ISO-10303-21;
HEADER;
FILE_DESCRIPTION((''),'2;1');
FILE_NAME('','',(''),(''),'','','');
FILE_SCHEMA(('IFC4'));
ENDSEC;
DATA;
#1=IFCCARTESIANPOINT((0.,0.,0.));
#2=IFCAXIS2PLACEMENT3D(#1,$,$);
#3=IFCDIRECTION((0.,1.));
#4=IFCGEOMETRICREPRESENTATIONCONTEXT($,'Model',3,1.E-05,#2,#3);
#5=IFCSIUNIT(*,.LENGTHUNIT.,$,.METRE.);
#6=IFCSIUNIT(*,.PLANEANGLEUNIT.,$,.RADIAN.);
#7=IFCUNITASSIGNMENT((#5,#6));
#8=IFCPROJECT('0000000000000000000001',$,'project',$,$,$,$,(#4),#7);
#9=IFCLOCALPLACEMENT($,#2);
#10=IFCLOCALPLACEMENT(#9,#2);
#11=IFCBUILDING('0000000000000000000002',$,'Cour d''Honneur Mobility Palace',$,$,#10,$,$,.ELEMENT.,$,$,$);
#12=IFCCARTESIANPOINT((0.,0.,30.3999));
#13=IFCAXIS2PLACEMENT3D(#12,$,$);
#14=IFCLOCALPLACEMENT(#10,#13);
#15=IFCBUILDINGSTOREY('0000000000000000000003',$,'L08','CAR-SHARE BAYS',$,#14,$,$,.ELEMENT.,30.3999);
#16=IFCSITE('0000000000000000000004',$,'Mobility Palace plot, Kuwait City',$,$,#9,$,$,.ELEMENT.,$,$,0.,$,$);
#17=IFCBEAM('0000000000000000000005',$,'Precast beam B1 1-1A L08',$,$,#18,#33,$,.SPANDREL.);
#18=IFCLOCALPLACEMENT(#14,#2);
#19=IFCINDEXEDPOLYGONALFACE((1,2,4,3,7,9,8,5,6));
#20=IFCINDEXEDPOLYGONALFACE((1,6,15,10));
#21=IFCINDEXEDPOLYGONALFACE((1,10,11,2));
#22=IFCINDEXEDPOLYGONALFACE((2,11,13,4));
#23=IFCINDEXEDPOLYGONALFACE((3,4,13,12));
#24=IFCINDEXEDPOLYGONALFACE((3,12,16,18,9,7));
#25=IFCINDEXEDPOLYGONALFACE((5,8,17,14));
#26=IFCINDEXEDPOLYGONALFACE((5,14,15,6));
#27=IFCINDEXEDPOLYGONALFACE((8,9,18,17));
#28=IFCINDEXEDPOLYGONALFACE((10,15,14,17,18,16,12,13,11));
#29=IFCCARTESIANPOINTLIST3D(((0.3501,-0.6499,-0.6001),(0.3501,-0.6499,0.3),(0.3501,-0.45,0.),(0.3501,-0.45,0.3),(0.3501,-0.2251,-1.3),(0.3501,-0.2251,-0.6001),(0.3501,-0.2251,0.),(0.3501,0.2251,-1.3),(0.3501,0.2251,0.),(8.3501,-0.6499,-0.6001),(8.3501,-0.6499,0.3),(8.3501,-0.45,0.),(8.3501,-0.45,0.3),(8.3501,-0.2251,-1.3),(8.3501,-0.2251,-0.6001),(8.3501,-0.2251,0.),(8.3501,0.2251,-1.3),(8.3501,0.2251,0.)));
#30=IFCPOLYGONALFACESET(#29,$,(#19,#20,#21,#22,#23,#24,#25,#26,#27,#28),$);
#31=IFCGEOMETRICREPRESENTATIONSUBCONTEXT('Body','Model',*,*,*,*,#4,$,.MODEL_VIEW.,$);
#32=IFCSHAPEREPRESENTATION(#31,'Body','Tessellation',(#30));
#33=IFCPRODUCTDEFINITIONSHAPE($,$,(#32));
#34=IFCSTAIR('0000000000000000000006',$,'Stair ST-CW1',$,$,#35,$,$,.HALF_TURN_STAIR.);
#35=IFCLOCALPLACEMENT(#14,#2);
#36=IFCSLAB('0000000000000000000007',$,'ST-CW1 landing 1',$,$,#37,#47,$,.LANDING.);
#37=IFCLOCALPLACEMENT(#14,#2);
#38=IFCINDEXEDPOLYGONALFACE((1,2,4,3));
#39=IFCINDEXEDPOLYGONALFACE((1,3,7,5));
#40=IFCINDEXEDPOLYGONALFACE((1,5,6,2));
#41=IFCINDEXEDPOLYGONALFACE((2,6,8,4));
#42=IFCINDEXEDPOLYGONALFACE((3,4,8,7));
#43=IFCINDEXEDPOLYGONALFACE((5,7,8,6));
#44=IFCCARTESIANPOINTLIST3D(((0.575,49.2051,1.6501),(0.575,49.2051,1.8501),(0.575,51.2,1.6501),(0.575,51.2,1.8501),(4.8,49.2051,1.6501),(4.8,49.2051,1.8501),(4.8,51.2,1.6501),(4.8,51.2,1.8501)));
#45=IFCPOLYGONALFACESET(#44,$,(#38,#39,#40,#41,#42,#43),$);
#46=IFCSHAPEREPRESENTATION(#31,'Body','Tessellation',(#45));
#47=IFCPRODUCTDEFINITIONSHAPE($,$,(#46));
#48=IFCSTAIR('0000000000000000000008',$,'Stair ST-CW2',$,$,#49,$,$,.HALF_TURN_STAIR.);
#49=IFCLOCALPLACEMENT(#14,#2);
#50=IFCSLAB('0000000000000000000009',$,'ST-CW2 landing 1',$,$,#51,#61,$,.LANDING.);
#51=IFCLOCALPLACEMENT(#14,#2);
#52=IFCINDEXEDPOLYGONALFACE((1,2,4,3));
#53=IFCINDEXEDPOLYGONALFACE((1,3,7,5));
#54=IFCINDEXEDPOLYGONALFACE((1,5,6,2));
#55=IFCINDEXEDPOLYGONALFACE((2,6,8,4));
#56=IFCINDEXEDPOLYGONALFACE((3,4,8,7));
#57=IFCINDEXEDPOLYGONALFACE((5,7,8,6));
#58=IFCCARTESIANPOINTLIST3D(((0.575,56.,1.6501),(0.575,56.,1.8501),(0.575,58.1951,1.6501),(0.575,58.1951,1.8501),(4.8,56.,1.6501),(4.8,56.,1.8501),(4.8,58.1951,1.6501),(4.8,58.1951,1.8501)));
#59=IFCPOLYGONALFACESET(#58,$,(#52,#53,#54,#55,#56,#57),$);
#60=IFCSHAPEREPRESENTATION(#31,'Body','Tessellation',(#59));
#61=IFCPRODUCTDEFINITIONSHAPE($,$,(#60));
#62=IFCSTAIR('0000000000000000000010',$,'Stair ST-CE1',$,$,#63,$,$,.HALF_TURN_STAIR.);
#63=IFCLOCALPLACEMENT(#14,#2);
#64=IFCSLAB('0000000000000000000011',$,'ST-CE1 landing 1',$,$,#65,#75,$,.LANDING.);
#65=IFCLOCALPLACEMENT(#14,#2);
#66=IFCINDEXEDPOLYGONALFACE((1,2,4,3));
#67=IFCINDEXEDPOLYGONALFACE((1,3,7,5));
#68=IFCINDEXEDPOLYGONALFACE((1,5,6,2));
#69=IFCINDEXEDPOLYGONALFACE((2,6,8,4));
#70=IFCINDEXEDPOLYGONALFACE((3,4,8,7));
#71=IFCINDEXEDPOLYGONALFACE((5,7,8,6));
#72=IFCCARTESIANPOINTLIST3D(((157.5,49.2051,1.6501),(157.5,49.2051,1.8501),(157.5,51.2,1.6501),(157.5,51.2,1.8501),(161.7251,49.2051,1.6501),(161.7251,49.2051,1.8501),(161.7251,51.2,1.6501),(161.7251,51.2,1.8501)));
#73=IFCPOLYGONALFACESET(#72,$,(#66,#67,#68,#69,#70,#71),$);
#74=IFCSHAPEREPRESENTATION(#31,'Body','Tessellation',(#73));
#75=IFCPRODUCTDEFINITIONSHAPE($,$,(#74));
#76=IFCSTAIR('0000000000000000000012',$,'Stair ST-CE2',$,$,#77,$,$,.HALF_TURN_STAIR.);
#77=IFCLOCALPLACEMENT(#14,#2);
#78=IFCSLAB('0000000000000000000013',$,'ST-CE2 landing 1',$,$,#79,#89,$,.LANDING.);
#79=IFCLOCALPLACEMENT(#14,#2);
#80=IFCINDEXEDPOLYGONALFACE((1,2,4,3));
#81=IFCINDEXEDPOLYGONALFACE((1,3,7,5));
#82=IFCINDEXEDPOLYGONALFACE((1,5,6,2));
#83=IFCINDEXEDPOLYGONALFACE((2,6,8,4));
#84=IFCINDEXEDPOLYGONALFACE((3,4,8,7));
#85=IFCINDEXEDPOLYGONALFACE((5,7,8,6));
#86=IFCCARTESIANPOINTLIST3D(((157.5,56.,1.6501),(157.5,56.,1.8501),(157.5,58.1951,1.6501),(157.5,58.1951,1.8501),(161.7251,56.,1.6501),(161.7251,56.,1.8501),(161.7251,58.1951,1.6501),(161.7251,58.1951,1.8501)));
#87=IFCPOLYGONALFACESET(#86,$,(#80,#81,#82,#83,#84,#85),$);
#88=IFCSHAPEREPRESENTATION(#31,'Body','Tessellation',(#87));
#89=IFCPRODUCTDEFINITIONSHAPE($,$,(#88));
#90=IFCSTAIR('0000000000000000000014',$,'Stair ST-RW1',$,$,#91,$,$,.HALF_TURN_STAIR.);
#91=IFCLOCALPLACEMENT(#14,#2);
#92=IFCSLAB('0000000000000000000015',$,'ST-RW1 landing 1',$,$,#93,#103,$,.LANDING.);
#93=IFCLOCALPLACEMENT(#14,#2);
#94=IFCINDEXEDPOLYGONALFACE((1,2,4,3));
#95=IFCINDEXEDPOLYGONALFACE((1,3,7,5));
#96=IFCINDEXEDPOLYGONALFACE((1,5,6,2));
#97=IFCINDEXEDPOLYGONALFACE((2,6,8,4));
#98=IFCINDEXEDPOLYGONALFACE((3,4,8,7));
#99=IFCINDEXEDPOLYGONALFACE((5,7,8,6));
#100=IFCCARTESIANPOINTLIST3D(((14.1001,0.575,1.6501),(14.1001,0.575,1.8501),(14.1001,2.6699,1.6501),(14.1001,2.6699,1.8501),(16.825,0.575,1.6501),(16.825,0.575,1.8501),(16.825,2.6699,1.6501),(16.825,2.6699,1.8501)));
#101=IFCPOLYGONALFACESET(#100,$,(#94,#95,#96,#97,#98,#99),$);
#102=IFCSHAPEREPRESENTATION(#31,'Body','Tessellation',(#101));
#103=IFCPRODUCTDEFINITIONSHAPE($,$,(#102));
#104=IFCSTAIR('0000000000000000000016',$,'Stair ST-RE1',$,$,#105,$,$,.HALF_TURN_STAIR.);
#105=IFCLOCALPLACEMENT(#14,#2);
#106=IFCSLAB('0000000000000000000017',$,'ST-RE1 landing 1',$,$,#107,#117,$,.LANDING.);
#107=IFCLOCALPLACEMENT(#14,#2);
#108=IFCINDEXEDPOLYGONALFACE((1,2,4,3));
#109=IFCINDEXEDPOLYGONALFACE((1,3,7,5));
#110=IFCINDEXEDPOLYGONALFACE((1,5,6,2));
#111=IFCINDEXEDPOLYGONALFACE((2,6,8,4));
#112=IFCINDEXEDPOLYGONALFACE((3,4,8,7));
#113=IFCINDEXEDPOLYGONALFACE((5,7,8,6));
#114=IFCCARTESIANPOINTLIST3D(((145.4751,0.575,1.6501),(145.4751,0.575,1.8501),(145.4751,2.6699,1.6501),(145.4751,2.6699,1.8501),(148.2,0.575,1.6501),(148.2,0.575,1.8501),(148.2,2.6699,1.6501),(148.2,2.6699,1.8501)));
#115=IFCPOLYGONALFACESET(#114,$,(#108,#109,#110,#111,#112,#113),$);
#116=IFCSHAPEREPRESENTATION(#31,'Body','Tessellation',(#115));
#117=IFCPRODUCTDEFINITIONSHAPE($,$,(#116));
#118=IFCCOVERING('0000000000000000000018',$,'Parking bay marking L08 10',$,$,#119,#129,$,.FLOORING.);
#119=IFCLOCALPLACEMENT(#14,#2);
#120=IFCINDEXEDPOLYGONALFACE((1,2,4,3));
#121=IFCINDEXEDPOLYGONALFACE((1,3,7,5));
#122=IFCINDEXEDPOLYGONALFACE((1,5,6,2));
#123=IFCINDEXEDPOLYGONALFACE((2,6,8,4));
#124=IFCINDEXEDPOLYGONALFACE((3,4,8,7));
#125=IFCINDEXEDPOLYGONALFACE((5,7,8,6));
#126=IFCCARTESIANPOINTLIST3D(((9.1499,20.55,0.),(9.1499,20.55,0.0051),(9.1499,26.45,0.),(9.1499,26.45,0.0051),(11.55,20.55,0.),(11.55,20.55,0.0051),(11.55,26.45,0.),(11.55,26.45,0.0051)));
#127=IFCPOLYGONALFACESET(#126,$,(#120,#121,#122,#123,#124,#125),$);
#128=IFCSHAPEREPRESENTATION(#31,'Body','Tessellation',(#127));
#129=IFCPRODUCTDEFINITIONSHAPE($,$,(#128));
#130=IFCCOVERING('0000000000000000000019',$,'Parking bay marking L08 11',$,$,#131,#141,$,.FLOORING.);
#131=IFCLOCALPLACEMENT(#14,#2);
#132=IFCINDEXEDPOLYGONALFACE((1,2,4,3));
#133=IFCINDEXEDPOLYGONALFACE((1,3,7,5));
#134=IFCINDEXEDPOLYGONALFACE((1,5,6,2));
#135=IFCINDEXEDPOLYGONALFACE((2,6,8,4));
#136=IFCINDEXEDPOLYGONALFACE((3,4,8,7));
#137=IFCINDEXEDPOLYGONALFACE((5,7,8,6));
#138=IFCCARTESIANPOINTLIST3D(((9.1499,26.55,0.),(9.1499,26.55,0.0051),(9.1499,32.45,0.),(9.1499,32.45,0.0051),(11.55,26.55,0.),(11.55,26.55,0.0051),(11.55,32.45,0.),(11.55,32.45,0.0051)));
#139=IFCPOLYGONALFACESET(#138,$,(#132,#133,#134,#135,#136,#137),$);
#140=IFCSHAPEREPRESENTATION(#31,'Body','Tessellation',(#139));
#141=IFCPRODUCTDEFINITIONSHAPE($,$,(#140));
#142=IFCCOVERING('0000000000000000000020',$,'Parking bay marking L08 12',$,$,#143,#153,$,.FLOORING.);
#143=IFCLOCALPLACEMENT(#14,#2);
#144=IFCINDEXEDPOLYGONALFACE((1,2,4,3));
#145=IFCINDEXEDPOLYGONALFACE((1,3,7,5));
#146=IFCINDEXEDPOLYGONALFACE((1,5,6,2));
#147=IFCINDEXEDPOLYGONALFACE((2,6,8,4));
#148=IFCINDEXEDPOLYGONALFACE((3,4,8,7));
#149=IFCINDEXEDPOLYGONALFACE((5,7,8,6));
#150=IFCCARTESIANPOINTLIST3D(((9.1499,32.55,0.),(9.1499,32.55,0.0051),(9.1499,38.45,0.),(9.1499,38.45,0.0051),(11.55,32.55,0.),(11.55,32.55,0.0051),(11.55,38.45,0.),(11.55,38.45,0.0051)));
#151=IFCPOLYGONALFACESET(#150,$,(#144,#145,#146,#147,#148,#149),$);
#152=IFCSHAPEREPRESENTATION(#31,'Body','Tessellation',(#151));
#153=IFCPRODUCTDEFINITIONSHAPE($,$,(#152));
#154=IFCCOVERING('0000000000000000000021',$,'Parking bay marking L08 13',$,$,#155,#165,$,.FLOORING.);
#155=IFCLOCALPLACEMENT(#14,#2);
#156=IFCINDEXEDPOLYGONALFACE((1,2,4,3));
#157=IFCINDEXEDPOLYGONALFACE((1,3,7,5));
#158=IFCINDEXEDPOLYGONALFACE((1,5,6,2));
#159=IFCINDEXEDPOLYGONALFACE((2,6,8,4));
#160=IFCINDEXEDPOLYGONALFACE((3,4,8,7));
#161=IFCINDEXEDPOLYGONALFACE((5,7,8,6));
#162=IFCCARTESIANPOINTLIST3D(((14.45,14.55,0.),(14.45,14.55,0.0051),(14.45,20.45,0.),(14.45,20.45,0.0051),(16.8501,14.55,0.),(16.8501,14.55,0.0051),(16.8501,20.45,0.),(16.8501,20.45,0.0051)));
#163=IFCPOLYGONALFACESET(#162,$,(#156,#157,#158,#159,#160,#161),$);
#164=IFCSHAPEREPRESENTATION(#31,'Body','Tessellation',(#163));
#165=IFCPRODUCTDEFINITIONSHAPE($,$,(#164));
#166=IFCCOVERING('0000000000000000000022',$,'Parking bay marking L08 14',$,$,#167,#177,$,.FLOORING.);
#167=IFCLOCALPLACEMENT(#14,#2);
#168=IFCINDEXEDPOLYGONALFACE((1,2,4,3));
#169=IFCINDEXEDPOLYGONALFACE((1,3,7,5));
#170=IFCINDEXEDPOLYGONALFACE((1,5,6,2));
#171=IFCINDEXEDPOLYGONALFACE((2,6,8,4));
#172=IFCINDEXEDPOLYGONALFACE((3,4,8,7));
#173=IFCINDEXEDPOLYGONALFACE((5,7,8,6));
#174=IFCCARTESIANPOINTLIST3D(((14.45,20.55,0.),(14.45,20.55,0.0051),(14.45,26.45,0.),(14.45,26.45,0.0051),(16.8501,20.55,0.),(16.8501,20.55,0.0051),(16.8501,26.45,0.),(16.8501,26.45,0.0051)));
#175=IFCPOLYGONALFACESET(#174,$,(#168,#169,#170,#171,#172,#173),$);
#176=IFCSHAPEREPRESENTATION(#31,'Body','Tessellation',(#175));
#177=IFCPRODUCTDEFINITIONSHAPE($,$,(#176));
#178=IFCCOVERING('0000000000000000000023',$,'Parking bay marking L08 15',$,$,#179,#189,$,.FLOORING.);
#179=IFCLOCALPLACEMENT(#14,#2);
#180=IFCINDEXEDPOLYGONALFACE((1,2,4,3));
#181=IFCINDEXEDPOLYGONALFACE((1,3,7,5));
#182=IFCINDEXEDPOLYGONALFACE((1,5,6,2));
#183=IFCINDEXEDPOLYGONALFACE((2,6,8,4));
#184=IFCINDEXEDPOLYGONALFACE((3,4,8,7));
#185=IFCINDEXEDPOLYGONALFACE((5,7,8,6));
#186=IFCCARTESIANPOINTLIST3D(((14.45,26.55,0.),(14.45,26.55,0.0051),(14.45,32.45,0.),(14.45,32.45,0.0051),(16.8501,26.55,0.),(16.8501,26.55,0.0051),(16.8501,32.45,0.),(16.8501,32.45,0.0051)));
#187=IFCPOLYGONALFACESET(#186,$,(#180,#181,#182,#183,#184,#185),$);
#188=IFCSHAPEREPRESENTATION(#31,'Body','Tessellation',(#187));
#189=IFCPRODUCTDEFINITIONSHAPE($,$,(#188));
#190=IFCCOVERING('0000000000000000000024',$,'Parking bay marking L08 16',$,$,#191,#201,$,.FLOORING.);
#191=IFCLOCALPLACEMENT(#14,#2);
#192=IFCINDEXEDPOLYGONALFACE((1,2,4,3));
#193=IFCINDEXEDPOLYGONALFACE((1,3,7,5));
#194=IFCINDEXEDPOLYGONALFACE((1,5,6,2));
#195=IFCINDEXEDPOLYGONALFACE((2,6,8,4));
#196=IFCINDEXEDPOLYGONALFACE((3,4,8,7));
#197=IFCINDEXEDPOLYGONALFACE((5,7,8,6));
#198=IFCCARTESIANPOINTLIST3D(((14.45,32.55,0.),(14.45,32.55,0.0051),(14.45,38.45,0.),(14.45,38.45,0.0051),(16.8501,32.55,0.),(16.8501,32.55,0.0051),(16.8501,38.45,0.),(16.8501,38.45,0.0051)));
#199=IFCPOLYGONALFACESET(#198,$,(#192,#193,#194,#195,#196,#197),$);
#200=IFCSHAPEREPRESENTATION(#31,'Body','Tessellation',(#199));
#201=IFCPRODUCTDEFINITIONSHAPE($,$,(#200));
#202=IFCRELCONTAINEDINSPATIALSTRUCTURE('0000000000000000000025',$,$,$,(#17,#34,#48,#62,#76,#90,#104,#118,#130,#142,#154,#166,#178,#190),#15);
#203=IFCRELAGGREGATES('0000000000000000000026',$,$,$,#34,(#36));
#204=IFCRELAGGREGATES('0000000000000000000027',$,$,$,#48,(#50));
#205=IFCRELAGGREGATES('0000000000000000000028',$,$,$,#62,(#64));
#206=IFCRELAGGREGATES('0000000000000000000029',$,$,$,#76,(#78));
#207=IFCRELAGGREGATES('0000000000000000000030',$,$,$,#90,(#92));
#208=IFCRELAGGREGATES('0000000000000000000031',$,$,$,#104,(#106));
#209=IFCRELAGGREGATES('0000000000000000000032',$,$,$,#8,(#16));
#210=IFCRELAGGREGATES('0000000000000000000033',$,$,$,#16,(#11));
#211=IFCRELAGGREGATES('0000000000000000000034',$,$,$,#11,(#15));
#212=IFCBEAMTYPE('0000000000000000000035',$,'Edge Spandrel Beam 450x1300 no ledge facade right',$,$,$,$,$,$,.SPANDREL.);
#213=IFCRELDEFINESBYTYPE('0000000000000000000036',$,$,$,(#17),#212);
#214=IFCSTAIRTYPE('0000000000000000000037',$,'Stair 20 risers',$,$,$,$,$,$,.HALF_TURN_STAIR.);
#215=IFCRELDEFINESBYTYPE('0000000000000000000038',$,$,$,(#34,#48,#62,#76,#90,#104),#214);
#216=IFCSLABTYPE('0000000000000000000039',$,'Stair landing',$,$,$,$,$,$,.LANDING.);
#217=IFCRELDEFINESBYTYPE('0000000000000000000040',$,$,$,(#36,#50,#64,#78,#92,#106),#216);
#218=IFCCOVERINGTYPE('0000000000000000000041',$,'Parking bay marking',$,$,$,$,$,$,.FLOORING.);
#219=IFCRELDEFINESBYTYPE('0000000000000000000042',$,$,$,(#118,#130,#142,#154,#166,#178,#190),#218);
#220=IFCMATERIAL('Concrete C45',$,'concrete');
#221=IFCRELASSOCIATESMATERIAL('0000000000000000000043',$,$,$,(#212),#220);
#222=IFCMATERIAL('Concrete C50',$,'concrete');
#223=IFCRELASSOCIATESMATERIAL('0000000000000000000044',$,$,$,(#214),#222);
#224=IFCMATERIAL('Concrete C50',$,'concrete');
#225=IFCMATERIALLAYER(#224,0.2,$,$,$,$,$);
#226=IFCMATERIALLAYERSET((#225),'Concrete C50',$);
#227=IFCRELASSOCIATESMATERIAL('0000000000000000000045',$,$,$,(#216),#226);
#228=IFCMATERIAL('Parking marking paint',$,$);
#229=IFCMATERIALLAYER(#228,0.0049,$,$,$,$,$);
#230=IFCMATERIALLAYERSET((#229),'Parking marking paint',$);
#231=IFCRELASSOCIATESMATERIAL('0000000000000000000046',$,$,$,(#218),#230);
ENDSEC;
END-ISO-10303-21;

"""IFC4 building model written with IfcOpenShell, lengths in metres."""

from ifc_helpers import new_model, si_unit, direction, frame, origin, place, context, subcontext, project, spatial, polyline, outline, extrude, material, layer, layer_set, material_profile, profile_set, type_object, element, aggregate, save


model = new_model("IFC4")

# Units and contexts
model_context = context("Model", 3, precision=1e-05, world=origin(), true_north=direction((0.0, 1.0)))
body_context = subcontext(model_context, "Body", "Model", "MODEL_VIEW")
ifc_project = project(units=[si_unit("LENGTHUNIT", "METRE"), si_unit("PLANEANGLEUNIT", "RADIAN")], contexts=[model_context])

# Site, building, storey
site_placement = place(None, origin())
site = spatial("IfcSite", under=ifc_project, at=site_placement, Name="Mobility Palace plot, Kuwait City", CompositionType="ELEMENT", RefElevation=0.0)
building_placement = place(site_placement, origin())
building = spatial("IfcBuilding", under=site, at=building_placement, Name="Cour d'Honneur Mobility Palace", CompositionType="ELEMENT")
storey_placement = place(building_placement, frame((0.0, 0.0, 30.3999)))
storey = spatial("IfcBuildingStorey", under=building, at=storey_placement, Name="L08", Description="CAR-SHARE BAYS", CompositionType="ELEMENT", Elevation=30.3999)

# Beam
ifc_material_1 = material(Name="Concrete C45", Category="concrete")
ifc_material_profile = material_profile(ifc_material_1, outline(polyline([(0.2251, -1.3), (0.2251, 0.0), (-0.2251, 0.0), (-0.45, 0.0), (-0.45, 0.3), (-0.6499, 0.3), (-0.6499, -0.6001), (-0.2251, -0.6001), (-0.2251, -1.3), (0.2251, -1.3)])), Name="Edge Spandrel Beam 450x1300 no ledge facade right")
ifc_profile_set = profile_set([ifc_material_profile], Name="Concrete C45")
beam_type = type_object("IfcBeamType", Name="Edge Spandrel Beam 450x1300 no ledge facade right", PredefinedType="SPANDREL", material=ifc_profile_set)
beam_placement = place(storey_placement, frame((0.3501, 0.0, 0.0), z_axis=(1.0, 0.0, 0.0), x_axis=(0.0, 1.0, 0.0)))
element("IfcBeam", 1, at=beam_placement, inside=storey, type_object=beam_type, Name="Precast beam B1 1-1A L08", PredefinedType="SPANDREL", context=body_context, shape_type="SweptSolid", body=[
    extrude(outline(polyline([(0.2251, -1.3), (0.2251, 0.0), (-0.2251, 0.0), (-0.45, 0.0), (-0.45, 0.3), (-0.6499, 0.3), (-0.6499, -0.6001), (-0.2251, -0.6001), (-0.2251, -1.3), (0.2251, -1.3)])), origin(), (0.0, 0.0, 1.0), 8.0),
])

# Stairs, slabs
ifc_material_2 = material(Name="Concrete C50", Category="concrete")
stair_type = type_object("IfcStairType", Name="Stair 20 risers", PredefinedType="HALF_TURN_STAIR", material=ifc_material_2)
stair_1_placement = place(storey_placement, origin())
stair_1 = element("IfcStair", 2, at=stair_1_placement, inside=storey, type_object=stair_type, Name="Stair ST-CW1", PredefinedType="HALF_TURN_STAIR")
ifc_material_3 = material(Name="Concrete C50", Category="concrete")
ifc_layer_1 = layer(ifc_material_3, 0.2)
ifc_layer_set_1 = layer_set([ifc_layer_1], Name="Concrete C50")
slab_type = type_object("IfcSlabType", Name="Stair landing", PredefinedType="LANDING", material=ifc_layer_set_1)
slab_1_placement = place(storey_placement, frame((0.0, 0.0, 1.6501)))
slab_1 = element("IfcSlab", 3, at=slab_1_placement, type_object=slab_type, Name="ST-CW1 landing 1", PredefinedType="LANDING", context=body_context, shape_type="SweptSolid", body=[
    extrude(outline(polyline([(0.575, 49.2051), (4.8, 49.2051), (4.8, 51.2), (0.575, 51.2), (0.575, 49.2051)])), origin(), (0.0, 0.0, 1.0), 0.2),
])
aggregate(stair_1, [slab_1])
stair_2_placement = place(storey_placement, origin())
stair_2 = element("IfcStair", 4, at=stair_2_placement, inside=storey, type_object=stair_type, Name="Stair ST-CW2", PredefinedType="HALF_TURN_STAIR")
slab_2_placement = place(storey_placement, frame((0.0, 0.0, 1.6501)))
slab_2 = element("IfcSlab", 5, at=slab_2_placement, type_object=slab_type, Name="ST-CW2 landing 1", PredefinedType="LANDING", context=body_context, shape_type="SweptSolid", body=[
    extrude(outline(polyline([(0.575, 56.0), (4.8, 56.0), (4.8, 58.1951), (0.575, 58.1951), (0.575, 56.0)])), origin(), (0.0, 0.0, 1.0), 0.2),
])
aggregate(stair_2, [slab_2])
stair_3_placement = place(storey_placement, origin())
stair_3 = element("IfcStair", 6, at=stair_3_placement, inside=storey, type_object=stair_type, Name="Stair ST-CE1", PredefinedType="HALF_TURN_STAIR")
slab_3_placement = place(storey_placement, frame((0.0, 0.0, 1.6501)))
slab_3 = element("IfcSlab", 7, at=slab_3_placement, type_object=slab_type, Name="ST-CE1 landing 1", PredefinedType="LANDING", context=body_context, shape_type="SweptSolid", body=[
    extrude(outline(polyline([(157.5, 49.2051), (161.7251, 49.2051), (161.7251, 51.2), (157.5, 51.2), (157.5, 49.2051)])), origin(), (0.0, 0.0, 1.0), 0.2),
])
aggregate(stair_3, [slab_3])
stair_4_placement = place(storey_placement, origin())
stair_4 = element("IfcStair", 8, at=stair_4_placement, inside=storey, type_object=stair_type, Name="Stair ST-CE2", PredefinedType="HALF_TURN_STAIR")
slab_4_placement = place(storey_placement, frame((0.0, 0.0, 1.6501)))
slab_4 = element("IfcSlab", 9, at=slab_4_placement, type_object=slab_type, Name="ST-CE2 landing 1", PredefinedType="LANDING", context=body_context, shape_type="SweptSolid", body=[
    extrude(outline(polyline([(157.5, 56.0), (161.7251, 56.0), (161.7251, 58.1951), (157.5, 58.1951), (157.5, 56.0)])), origin(), (0.0, 0.0, 1.0), 0.2),
])
aggregate(stair_4, [slab_4])
stair_5_placement = place(storey_placement, origin())
stair_5 = element("IfcStair", 10, at=stair_5_placement, inside=storey, type_object=stair_type, Name="Stair ST-RW1", PredefinedType="HALF_TURN_STAIR")
slab_5_placement = place(storey_placement, frame((0.0, 0.0, 1.6501)))
slab_5 = element("IfcSlab", 11, at=slab_5_placement, type_object=slab_type, Name="ST-RW1 landing 1", PredefinedType="LANDING", context=body_context, shape_type="SweptSolid", body=[
    extrude(outline(polyline([(14.1001, 0.575), (16.825, 0.575), (16.825, 2.6699), (14.1001, 2.6699), (14.1001, 0.575)])), origin(), (0.0, 0.0, 1.0), 0.2),
])
aggregate(stair_5, [slab_5])
stair_6_placement = place(storey_placement, origin())
stair_6 = element("IfcStair", 12, at=stair_6_placement, inside=storey, type_object=stair_type, Name="Stair ST-RE1", PredefinedType="HALF_TURN_STAIR")
slab_6_placement = place(storey_placement, frame((0.0, 0.0, 1.6501)))
slab_6 = element("IfcSlab", 13, at=slab_6_placement, type_object=slab_type, Name="ST-RE1 landing 1", PredefinedType="LANDING", context=body_context, shape_type="SweptSolid", body=[
    extrude(outline(polyline([(145.4751, 0.575), (148.2, 0.575), (148.2, 2.6699), (145.4751, 2.6699), (145.4751, 0.575)])), origin(), (0.0, 0.0, 1.0), 0.2),
])
aggregate(stair_6, [slab_6])

# Coverings
ifc_material_4 = material(Name="Parking marking paint")
ifc_layer_2 = layer(ifc_material_4, 0.0049)
ifc_layer_set_2 = layer_set([ifc_layer_2], Name="Parking marking paint")
covering_type_1 = type_object("IfcCoveringType", Name="Parking bay marking", PredefinedType="FLOORING", material=ifc_layer_set_2)
covering_1_placement = place(storey_placement, origin())
element("IfcCovering", 14, at=covering_1_placement, inside=storey, type_object=covering_type_1, Name="Parking bay marking L08 10", PredefinedType="FLOORING", context=body_context, shape_type="SweptSolid", body=[
    extrude(outline(polyline([(11.55, 20.55), (9.1499, 20.55), (9.1499, 26.45), (11.55, 26.45), (11.55, 20.55)])), origin(), (0.0, 0.0, 1.0), 0.0051),
])
covering_2_placement = place(storey_placement, origin())
element("IfcCovering", 15, at=covering_2_placement, inside=storey, type_object=covering_type_1, Name="Parking bay marking L08 11", PredefinedType="FLOORING", context=body_context, shape_type="SweptSolid", body=[
    extrude(outline(polyline([(11.55, 26.55), (9.1499, 26.55), (9.1499, 32.45), (11.55, 32.45), (11.55, 26.55)])), origin(), (0.0, 0.0, 1.0), 0.0051),
])
covering_3_placement = place(storey_placement, origin())
element("IfcCovering", 16, at=covering_3_placement, inside=storey, type_object=covering_type_1, Name="Parking bay marking L08 12", PredefinedType="FLOORING", context=body_context, shape_type="SweptSolid", body=[
    extrude(outline(polyline([(11.55, 32.55), (9.1499, 32.55), (9.1499, 38.45), (11.55, 38.45), (11.55, 32.55)])), origin(), (0.0, 0.0, 1.0), 0.0051),
])
covering_4_placement = place(storey_placement, origin())
element("IfcCovering", 17, at=covering_4_placement, inside=storey, type_object=covering_type_1, Name="Parking bay marking L08 13", PredefinedType="FLOORING", context=body_context, shape_type="SweptSolid", body=[
    extrude(outline(polyline([(16.8501, 14.55), (14.45, 14.55), (14.45, 20.45), (16.8501, 20.45), (16.8501, 14.55)])), origin(), (0.0, 0.0, 1.0), 0.0051),
])
covering_5_placement = place(storey_placement, origin())
element("IfcCovering", 18, at=covering_5_placement, inside=storey, type_object=covering_type_1, Name="Parking bay marking L08 14", PredefinedType="FLOORING", context=body_context, shape_type="SweptSolid", body=[
    extrude(outline(polyline([(16.8501, 20.55), (14.45, 20.55), (14.45, 26.45), (16.8501, 26.45), (16.8501, 20.55)])), origin(), (0.0, 0.0, 1.0), 0.0051),
])
covering_6_placement = place(storey_placement, origin())
element("IfcCovering", 19, at=covering_6_placement, inside=storey, type_object=covering_type_1, Name="Parking bay marking L08 15", PredefinedType="FLOORING", context=body_context, shape_type="SweptSolid", body=[
    extrude(outline(polyline([(16.8501, 26.55), (14.45, 26.55), (14.45, 32.45), (16.8501, 32.45), (16.8501, 26.55)])), origin(), (0.0, 0.0, 1.0), 0.0051),
])
covering_7_placement = place(storey_placement, origin())
element("IfcCovering", 20, at=covering_7_placement, inside=storey, type_object=covering_type_1, Name="Parking bay marking L08 16", PredefinedType="FLOORING", context=body_context, shape_type="SweptSolid", body=[
    extrude(outline(polyline([(16.8501, 32.55), (14.45, 32.55), (14.45, 38.45), (16.8501, 38.45), (16.8501, 32.55)])), origin(), (0.0, 0.0, 1.0), 0.0051),
])

save(model, "model.ifc")
